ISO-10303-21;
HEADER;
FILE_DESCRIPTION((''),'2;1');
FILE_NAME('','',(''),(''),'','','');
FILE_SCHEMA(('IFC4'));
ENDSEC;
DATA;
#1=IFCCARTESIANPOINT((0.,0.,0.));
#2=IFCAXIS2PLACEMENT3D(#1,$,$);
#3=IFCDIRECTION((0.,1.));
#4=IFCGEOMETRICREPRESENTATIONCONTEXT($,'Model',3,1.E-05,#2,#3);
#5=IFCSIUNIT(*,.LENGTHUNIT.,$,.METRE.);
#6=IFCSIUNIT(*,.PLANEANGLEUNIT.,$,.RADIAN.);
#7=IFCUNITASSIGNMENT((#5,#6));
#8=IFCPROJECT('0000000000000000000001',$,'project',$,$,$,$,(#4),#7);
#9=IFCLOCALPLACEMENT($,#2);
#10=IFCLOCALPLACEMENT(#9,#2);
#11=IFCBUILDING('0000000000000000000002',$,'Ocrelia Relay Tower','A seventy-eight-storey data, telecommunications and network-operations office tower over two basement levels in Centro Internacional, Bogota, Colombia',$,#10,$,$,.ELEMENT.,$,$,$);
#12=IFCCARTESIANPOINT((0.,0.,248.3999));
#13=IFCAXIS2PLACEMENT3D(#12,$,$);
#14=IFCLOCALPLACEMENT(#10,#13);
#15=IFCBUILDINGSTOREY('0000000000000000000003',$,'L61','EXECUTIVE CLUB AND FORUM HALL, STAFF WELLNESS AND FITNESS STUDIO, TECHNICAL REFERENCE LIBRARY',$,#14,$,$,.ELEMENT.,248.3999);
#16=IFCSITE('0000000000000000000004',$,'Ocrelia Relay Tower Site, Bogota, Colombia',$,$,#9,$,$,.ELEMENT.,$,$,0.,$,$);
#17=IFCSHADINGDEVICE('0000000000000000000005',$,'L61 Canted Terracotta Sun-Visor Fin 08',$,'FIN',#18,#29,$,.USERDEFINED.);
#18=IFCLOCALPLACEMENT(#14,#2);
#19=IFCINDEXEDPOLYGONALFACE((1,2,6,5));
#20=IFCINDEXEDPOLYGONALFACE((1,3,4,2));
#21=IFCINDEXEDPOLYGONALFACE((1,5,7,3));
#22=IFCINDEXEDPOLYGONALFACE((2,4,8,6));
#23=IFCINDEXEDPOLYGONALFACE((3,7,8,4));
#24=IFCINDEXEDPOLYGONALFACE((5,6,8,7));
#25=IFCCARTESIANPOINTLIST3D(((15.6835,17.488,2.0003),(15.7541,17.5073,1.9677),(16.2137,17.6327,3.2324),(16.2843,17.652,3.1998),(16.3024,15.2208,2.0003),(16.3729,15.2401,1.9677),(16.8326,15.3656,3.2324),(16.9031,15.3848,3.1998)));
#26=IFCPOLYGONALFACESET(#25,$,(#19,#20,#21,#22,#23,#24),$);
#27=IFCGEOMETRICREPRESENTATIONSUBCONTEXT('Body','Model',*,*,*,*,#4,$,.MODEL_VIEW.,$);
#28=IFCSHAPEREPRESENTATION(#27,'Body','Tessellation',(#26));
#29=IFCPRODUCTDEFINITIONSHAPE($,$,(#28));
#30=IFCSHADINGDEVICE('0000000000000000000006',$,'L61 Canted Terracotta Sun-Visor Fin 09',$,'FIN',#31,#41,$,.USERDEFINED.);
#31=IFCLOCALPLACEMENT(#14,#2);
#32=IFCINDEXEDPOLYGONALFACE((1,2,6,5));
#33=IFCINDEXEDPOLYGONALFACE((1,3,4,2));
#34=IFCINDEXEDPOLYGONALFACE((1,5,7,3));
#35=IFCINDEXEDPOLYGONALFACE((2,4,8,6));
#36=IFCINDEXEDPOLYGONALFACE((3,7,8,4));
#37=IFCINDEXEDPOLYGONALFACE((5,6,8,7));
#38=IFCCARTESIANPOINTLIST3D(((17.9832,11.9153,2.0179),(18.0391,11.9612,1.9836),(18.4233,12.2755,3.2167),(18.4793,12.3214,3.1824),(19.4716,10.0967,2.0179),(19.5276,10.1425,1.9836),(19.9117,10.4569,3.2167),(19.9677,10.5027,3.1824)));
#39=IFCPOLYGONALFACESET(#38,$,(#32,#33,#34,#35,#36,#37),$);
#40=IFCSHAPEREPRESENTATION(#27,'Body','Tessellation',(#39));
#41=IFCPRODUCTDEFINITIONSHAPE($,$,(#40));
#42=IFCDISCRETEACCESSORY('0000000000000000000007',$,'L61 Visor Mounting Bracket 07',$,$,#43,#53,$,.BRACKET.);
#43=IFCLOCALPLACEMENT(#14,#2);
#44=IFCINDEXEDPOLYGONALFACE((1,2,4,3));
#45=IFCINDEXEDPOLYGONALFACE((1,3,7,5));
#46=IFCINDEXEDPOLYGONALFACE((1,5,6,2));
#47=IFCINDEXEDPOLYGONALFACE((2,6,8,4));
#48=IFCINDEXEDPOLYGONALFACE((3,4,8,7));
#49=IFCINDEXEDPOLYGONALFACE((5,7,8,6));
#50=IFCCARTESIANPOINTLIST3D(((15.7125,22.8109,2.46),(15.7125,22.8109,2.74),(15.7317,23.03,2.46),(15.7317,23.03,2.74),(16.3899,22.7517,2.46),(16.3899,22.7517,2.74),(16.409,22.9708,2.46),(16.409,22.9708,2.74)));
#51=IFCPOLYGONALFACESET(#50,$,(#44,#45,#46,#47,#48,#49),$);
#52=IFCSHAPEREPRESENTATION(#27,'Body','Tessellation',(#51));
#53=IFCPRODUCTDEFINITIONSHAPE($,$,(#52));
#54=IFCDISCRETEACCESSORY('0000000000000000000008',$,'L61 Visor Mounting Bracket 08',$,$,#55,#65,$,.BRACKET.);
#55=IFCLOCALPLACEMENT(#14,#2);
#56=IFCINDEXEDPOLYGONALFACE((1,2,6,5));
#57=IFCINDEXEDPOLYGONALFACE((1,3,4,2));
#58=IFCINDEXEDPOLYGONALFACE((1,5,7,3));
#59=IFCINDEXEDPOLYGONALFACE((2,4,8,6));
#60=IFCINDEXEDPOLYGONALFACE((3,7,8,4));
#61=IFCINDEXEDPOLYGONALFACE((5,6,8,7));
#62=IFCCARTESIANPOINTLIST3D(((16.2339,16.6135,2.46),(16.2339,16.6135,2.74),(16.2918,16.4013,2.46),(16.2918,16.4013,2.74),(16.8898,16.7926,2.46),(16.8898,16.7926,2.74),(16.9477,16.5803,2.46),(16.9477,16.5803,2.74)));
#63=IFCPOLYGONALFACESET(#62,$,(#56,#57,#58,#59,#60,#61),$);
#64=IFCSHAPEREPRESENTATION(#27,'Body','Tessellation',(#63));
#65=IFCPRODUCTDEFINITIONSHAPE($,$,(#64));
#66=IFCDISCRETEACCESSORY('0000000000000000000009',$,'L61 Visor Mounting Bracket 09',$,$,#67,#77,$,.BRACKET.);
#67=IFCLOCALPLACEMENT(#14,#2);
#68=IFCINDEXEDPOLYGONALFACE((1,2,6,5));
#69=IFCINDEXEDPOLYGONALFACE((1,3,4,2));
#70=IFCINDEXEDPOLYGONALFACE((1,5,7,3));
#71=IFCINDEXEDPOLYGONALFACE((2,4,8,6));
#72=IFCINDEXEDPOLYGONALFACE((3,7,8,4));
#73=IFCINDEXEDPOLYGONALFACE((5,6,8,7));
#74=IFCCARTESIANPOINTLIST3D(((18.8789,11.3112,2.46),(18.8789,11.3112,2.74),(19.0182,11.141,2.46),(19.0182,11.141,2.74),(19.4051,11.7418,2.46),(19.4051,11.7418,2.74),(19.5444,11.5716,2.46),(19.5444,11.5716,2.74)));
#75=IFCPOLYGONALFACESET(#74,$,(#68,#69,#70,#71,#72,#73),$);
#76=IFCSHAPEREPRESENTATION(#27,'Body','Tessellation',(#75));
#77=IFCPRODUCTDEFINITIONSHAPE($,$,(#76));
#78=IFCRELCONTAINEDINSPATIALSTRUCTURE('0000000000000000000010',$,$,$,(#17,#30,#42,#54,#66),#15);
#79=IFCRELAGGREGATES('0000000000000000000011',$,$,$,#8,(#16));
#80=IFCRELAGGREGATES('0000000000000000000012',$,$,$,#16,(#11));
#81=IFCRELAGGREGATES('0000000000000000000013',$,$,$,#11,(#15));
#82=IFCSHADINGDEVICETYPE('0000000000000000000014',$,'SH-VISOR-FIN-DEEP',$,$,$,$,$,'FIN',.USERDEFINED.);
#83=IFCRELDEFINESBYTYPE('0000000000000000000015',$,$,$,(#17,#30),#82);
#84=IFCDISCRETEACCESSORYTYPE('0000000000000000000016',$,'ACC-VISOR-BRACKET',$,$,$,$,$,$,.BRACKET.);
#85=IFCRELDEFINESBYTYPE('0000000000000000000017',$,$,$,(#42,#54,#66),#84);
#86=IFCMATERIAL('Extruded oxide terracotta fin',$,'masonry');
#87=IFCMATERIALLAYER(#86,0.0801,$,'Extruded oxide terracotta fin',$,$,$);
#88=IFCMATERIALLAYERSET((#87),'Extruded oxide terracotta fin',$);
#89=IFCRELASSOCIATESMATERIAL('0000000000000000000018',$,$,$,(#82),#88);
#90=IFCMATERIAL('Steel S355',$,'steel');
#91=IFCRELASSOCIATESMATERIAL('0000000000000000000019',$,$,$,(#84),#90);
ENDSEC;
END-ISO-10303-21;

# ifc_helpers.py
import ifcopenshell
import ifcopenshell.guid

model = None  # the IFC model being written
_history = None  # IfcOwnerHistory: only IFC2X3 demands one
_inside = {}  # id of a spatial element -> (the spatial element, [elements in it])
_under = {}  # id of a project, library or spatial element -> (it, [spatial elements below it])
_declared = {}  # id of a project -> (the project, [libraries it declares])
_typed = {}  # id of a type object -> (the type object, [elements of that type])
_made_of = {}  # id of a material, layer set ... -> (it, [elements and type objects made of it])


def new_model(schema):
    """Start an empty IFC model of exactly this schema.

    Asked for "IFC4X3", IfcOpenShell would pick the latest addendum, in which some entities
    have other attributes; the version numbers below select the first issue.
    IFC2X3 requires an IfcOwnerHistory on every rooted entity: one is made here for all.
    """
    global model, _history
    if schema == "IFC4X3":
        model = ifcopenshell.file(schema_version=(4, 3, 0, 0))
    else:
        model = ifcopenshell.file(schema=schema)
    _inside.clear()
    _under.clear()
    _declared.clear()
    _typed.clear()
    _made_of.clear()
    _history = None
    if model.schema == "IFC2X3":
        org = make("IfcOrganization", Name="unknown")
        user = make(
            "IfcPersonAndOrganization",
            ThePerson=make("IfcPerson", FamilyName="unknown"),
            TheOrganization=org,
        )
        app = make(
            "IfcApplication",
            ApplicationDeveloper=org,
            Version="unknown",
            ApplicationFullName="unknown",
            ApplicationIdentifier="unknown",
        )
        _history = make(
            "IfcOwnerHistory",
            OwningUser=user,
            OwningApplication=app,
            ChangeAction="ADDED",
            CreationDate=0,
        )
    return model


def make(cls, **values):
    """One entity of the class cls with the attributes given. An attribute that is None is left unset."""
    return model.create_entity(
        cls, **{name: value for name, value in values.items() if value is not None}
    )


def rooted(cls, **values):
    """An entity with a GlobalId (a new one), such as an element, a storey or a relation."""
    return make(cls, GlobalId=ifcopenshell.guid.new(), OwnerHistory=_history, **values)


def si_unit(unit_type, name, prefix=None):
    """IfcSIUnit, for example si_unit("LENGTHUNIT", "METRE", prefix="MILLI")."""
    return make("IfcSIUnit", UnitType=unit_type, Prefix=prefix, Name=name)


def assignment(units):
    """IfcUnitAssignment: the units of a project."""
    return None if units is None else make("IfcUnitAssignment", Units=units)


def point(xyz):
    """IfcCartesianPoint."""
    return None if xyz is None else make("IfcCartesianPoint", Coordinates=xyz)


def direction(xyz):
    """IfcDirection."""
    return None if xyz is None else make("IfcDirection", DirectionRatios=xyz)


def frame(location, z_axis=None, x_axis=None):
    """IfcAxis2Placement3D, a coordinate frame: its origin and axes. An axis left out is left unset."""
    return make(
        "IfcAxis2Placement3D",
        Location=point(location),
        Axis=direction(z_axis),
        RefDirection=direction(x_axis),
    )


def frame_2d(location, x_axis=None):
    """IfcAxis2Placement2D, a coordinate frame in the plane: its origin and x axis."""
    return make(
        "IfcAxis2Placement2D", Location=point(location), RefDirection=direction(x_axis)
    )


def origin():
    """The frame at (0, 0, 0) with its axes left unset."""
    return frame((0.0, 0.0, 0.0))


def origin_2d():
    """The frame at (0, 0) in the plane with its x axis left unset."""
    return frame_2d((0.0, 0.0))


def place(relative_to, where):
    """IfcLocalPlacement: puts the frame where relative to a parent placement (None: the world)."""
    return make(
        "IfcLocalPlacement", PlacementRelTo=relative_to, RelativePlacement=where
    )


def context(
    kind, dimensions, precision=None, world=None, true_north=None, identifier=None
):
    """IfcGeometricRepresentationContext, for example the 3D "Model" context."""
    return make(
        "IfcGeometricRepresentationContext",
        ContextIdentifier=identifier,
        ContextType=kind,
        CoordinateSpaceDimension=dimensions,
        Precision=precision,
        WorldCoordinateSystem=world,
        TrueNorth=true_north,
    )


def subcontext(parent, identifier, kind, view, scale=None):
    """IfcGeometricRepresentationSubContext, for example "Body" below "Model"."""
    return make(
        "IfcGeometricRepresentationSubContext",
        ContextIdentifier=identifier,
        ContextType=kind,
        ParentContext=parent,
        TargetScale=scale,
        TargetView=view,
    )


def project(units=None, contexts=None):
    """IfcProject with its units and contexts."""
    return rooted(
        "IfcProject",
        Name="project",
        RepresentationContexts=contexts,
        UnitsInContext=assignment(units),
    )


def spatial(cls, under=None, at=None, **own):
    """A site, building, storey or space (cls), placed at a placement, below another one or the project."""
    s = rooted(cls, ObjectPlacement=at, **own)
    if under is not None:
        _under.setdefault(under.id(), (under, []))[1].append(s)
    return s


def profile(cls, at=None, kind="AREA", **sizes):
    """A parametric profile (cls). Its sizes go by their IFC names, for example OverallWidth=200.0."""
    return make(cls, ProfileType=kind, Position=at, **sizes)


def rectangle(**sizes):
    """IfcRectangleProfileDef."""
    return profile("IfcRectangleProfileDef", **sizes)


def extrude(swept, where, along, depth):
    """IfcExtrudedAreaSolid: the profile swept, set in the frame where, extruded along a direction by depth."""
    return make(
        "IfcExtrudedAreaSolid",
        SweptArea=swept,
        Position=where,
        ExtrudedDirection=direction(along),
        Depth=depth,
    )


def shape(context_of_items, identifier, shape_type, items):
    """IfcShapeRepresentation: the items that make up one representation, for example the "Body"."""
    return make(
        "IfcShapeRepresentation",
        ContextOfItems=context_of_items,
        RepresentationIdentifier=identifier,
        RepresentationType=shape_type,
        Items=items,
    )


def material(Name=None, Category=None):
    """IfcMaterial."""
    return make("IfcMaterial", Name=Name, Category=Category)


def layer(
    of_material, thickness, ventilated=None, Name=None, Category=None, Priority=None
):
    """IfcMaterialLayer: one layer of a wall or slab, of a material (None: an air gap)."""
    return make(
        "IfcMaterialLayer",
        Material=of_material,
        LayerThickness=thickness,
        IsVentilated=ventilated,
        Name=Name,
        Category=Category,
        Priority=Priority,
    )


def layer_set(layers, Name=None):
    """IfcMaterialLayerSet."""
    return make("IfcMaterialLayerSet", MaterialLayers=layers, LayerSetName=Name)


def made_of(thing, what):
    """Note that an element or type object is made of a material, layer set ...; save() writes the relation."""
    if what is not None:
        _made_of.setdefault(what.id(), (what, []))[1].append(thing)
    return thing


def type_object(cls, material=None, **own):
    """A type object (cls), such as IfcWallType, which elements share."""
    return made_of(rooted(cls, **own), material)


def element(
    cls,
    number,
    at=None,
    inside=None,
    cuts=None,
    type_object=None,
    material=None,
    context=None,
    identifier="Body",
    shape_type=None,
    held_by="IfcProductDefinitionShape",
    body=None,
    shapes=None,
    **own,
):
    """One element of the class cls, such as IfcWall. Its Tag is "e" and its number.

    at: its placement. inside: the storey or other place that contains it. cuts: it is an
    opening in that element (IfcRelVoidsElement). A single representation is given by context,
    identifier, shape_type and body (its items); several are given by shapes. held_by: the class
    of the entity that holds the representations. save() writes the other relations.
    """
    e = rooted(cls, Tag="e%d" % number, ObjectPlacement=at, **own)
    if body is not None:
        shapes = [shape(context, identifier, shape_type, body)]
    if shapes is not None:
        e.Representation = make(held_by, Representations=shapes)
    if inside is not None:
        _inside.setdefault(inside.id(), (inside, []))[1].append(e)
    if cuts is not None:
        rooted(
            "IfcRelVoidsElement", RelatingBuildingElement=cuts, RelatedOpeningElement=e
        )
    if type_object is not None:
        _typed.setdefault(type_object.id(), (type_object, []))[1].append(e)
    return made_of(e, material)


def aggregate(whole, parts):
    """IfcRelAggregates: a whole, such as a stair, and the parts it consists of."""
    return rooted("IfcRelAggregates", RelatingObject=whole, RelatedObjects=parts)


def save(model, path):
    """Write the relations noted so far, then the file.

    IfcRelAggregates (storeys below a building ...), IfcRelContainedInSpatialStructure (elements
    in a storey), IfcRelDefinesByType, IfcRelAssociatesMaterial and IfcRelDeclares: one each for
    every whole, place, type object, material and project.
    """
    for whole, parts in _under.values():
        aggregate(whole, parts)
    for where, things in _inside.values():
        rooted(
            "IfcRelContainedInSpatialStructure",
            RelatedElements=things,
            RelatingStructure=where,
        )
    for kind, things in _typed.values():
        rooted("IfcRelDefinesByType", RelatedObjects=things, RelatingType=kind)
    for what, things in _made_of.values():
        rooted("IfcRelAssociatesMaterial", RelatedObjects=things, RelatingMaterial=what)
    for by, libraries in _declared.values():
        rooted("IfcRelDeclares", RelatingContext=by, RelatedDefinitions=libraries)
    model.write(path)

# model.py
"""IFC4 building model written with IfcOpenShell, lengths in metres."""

from ifc_helpers import new_model, si_unit, direction, frame, origin, origin_2d, place, context, subcontext, project, spatial, rectangle, extrude, material, layer, layer_set, type_object, element, save


model = new_model("IFC4")

# Units and contexts
model_context = context("Model", 3, precision=1e-05, world=origin(), true_north=direction((0.0, 1.0)))
body_context = subcontext(model_context, "Body", "Model", "MODEL_VIEW")
ifc_project = project(units=[si_unit("LENGTHUNIT", "METRE"), si_unit("PLANEANGLEUNIT", "RADIAN")], contexts=[model_context])

# Site, building, storey
site_placement = place(None, origin())
site = spatial("IfcSite", under=ifc_project, at=site_placement, Name="Ocrelia Relay Tower Site, Bogota, Colombia", CompositionType="ELEMENT", RefElevation=0.0)
building_placement = place(site_placement, origin())
building = spatial("IfcBuilding", under=site, at=building_placement, Name="Ocrelia Relay Tower", Description="A seventy-eight-storey data, telecommunications and network-operations office tower over two basement levels in Centro Internacional, Bogota, Colombia", CompositionType="ELEMENT")
storey_placement = place(building_placement, frame((0.0, 0.0, 248.3999)))
storey = spatial("IfcBuildingStorey", under=building, at=storey_placement, Name="L61", Description="EXECUTIVE CLUB AND FORUM HALL, STAFF WELLNESS AND FITNESS STUDIO, TECHNICAL REFERENCE LIBRARY", CompositionType="ELEMENT", Elevation=248.3999)

# Shared definitions
ifc_material_1 = material(Name="Steel S355", Category="steel")

# Shading devices
ifc_material_2 = material(Name="Extruded oxide terracotta fin", Category="masonry")
ifc_layer_1 = layer(ifc_material_2, 0.0801, Name="Extruded oxide terracotta fin")
ifc_layer_set_1 = layer_set([ifc_layer_1], Name="Extruded oxide terracotta fin")
shading_device_type_1 = type_object("IfcShadingDeviceType", Name="SH-VISOR-FIN-DEEP", ElementType="FIN", PredefinedType="USERDEFINED", material=ifc_layer_set_1)
shading_device_1_placement = place(storey_placement, frame((16.3286, 16.446, 2.5837), z_axis=(-0.881027, -0.240494, 0.407374), x_axis=(0.263335, -0.964704, 0.0)))
element("IfcShadingDevice", 1, at=shading_device_1_placement, inside=storey, type_object=shading_device_type_1, Name="L61 Canted Terracotta Sun-Visor Fin 08", ObjectType="FIN", PredefinedType="USERDEFINED", context=body_context, shape_type="SweptSolid", body=[
    extrude(rectangle(XDim=2.3501, YDim=1.3491, at=origin_2d()), origin(), (0.0, 0.0, 1.0), 0.0801),
])
shading_device_2_placement = place(storey_placement, frame((19.0034, 11.2319, 2.583), z_axis=(-0.699179, -0.572218, 0.42862), x_axis=(0.633346, -0.773869, 0.0)))
element("IfcShadingDevice", 2, at=shading_device_2_placement, inside=storey, type_object=shading_device_type_1, Name="L61 Canted Terracotta Sun-Visor Fin 09", ObjectType="FIN", PredefinedType="USERDEFINED", context=body_context, shape_type="SweptSolid", body=[
    extrude(rectangle(XDim=2.3501, YDim=1.3269, at=origin_2d()), origin(), (0.0, 0.0, 1.0), 0.0801),
])

# Discrete accessories
discrete_accessory_type = type_object("IfcDiscreteAccessoryType", Name="ACC-VISOR-BRACKET", PredefinedType="BRACKET", material=ifc_material_1)
for number, where, z_axis, x_axis, name in (
    (3, (16.0608, 22.8909, 2.46), (0.0, 0.0, 1.0), (-0.087097, -0.9962, 0.0), "L61 Visor Mounting Bracket 07"),
    (4, (16.5908, 16.5969, 2.46), (0.0, 0.0, 1.0), (0.263335, -0.964704, 0.0), "L61 Visor Mounting Bracket 08"),
    (5, (19.2117, 11.4414, 2.46), (0.0, 0.0, 1.0), (0.633346, -0.773869, 0.0), "L61 Visor Mounting Bracket 09"),
):
    element("IfcDiscreteAccessory", number, at=place(storey_placement, frame(where, z_axis=z_axis, x_axis=x_axis)), inside=storey, type_object=discrete_accessory_type, Name=name, PredefinedType="BRACKET", context=body_context, shape_type="SweptSolid", body=[
        extrude(rectangle(XDim=0.22, YDim=0.6799, at=origin_2d()), origin(), (0.0, 0.0, 1.0), 0.28),
    ])

save(model, "model.ifc")
